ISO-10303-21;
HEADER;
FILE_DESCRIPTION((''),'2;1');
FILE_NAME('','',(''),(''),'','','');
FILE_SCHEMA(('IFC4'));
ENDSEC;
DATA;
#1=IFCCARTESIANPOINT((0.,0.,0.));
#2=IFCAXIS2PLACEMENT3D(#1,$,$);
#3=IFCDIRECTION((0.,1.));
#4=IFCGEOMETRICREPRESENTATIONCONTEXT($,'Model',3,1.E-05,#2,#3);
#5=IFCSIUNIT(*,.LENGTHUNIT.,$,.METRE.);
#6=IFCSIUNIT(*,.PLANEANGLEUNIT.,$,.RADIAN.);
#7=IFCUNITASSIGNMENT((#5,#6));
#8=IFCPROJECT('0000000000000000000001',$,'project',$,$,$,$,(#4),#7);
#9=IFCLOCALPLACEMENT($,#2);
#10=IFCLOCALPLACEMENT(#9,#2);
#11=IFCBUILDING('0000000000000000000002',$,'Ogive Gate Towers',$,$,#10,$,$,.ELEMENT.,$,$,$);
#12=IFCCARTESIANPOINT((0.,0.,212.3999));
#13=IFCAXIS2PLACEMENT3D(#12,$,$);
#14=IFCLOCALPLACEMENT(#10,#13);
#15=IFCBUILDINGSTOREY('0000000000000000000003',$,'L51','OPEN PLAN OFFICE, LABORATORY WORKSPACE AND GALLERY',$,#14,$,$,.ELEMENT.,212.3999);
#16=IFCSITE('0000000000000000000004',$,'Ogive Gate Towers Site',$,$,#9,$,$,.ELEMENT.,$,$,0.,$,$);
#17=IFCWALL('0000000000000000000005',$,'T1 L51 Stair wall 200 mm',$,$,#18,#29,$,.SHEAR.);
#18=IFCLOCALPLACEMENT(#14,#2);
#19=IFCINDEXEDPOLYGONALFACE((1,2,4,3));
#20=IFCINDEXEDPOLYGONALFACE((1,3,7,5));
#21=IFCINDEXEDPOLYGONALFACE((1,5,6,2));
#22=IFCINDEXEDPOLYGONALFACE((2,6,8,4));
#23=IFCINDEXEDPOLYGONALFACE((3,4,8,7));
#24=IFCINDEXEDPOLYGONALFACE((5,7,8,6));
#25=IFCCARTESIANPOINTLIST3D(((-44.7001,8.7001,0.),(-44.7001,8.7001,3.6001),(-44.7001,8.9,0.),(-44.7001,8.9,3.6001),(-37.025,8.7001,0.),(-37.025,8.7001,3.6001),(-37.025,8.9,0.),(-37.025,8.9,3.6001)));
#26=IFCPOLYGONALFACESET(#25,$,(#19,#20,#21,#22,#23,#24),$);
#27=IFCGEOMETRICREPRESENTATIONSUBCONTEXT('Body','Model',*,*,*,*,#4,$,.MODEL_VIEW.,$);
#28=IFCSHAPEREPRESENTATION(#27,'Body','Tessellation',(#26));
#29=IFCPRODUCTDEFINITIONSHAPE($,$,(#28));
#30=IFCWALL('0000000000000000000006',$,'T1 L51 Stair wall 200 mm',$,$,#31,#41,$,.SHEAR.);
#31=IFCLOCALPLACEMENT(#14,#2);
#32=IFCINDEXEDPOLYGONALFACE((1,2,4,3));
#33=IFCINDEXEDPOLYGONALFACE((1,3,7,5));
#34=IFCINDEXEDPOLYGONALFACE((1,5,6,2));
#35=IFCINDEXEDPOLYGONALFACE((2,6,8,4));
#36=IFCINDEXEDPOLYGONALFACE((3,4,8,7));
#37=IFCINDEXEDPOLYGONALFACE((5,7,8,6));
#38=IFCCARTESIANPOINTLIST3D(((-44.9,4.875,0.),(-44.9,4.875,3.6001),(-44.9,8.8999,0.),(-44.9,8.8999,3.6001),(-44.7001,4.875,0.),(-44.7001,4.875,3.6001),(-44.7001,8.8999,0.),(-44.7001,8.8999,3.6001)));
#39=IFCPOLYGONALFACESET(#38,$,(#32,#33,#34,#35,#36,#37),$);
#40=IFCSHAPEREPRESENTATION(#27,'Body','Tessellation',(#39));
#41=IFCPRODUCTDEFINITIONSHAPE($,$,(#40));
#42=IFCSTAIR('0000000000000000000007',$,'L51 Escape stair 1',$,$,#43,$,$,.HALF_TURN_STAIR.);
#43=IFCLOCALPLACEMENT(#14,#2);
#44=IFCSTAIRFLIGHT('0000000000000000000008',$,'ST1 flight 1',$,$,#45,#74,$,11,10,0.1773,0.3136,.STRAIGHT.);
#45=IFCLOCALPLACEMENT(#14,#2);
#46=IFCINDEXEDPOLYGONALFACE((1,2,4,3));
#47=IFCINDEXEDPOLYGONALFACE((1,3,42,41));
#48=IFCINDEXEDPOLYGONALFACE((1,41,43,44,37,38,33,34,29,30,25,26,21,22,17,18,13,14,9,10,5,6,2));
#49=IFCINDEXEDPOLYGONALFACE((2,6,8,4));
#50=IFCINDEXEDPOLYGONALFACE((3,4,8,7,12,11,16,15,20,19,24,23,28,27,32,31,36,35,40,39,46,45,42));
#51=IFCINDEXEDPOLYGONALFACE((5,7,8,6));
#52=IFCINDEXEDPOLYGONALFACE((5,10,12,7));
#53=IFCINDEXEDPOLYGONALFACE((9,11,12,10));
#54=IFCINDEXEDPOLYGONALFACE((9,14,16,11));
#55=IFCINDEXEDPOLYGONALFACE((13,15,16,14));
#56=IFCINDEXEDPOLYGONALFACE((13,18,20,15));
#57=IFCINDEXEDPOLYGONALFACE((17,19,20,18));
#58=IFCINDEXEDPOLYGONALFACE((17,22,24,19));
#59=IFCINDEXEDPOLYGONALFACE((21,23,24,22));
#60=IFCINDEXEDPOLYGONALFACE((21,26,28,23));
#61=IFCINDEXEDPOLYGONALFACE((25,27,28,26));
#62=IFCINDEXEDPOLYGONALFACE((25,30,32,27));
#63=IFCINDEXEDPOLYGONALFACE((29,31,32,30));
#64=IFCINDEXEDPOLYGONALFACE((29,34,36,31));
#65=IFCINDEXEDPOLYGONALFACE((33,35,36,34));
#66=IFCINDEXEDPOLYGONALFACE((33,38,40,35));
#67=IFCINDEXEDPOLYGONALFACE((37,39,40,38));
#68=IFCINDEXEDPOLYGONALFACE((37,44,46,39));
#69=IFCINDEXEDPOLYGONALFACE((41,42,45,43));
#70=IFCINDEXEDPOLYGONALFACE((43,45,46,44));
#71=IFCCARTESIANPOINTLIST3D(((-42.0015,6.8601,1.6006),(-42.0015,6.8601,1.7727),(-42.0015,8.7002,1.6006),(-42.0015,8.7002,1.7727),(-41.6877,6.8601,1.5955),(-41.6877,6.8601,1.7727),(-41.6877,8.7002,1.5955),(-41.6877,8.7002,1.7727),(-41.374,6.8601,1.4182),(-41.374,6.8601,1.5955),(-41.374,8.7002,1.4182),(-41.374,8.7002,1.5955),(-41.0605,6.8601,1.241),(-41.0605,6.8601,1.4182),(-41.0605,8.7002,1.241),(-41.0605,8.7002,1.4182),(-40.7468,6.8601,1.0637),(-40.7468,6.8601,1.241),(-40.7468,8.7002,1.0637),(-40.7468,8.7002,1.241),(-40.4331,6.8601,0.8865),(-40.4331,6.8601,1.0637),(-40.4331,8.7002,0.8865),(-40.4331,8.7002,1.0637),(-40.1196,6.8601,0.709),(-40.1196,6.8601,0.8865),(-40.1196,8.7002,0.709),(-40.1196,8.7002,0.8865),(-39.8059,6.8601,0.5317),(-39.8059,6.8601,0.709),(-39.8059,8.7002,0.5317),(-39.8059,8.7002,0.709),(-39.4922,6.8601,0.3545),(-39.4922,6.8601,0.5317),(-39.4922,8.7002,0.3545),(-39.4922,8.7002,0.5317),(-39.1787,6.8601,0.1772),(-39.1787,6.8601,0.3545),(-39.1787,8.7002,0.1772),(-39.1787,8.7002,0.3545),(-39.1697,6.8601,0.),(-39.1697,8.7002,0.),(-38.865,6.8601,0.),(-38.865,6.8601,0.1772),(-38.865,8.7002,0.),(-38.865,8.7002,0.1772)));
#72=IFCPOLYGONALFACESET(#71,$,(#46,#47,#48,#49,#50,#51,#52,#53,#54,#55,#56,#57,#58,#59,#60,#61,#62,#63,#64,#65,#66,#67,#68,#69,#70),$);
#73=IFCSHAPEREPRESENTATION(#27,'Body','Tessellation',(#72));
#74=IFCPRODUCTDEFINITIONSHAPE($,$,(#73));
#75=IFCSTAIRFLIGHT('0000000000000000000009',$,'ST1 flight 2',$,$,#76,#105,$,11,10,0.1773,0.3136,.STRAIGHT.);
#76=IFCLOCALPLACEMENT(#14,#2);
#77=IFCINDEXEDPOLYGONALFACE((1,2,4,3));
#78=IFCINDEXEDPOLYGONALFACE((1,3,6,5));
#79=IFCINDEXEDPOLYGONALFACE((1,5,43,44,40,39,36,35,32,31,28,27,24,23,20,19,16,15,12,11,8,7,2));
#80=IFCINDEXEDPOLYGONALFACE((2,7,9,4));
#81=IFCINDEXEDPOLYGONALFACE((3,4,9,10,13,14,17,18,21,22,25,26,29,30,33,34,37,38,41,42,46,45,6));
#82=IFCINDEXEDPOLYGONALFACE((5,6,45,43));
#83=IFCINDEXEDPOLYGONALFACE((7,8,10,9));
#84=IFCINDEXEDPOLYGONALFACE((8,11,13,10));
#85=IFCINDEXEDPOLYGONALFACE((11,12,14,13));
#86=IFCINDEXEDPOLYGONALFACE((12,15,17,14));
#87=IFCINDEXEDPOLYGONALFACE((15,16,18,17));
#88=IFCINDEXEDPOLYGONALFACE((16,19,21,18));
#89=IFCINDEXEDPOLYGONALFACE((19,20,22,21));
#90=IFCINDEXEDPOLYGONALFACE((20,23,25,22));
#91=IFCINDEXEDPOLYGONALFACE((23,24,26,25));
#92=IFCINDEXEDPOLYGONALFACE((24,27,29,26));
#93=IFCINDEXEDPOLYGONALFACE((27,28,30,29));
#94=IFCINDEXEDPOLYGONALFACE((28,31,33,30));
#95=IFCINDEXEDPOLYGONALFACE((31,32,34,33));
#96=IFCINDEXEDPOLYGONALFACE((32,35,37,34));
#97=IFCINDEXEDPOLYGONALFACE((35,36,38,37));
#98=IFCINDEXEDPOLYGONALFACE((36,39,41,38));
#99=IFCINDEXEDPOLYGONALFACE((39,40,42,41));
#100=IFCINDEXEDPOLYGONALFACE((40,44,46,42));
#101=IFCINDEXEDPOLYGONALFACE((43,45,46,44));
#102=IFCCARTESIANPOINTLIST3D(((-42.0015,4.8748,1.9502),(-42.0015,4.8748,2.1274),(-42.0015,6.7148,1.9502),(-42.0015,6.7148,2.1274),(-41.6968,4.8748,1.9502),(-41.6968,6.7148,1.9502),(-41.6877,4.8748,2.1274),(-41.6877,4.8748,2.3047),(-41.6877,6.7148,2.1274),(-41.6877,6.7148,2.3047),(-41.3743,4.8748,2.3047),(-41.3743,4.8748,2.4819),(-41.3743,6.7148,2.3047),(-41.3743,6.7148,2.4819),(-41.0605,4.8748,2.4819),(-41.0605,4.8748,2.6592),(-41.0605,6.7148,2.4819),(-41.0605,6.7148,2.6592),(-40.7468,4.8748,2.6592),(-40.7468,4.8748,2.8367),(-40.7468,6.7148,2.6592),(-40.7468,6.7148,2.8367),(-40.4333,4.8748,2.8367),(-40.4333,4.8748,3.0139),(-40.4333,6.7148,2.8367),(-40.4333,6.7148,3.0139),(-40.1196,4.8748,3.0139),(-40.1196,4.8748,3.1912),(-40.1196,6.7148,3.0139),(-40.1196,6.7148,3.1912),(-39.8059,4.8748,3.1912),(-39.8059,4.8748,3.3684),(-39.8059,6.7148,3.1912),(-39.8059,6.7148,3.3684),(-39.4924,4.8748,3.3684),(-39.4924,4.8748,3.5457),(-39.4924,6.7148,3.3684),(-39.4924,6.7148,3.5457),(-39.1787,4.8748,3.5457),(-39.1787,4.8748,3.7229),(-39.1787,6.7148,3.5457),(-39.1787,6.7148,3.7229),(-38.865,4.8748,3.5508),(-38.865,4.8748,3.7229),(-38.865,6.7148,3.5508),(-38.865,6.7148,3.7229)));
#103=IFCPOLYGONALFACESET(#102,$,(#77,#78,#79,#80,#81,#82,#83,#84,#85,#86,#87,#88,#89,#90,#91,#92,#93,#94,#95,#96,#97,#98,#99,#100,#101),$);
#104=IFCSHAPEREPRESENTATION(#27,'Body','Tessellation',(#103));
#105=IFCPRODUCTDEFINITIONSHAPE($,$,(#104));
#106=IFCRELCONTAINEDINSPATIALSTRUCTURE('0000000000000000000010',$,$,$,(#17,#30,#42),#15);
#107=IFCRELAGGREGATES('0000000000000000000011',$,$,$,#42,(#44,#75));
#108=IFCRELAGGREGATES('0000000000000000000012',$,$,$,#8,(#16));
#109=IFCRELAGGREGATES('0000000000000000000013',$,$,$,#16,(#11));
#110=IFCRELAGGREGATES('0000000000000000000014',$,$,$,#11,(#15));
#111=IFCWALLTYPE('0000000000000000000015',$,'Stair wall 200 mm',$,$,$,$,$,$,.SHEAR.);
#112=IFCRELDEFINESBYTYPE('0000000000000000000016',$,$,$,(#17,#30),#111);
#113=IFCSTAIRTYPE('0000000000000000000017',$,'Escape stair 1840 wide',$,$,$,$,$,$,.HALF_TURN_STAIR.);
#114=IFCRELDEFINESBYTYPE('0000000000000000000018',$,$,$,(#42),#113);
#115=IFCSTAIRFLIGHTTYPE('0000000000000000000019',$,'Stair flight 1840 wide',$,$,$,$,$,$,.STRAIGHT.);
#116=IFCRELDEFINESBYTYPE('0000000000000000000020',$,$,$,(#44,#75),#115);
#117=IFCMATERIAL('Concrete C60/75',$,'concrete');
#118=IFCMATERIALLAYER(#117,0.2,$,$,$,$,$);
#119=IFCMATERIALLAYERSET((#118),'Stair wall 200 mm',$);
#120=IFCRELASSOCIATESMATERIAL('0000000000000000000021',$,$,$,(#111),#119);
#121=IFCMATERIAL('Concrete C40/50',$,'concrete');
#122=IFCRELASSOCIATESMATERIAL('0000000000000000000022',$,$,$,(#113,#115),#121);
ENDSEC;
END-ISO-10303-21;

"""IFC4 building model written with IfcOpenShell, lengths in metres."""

from ifc_helpers import new_model, si_unit, direction, frame, frame_2d, origin, place, context, subcontext, project, spatial, polyline, rectangle, outline, extrude, material, layer, layer_set, type_object, element, aggregate, save


model = new_model("IFC4")

# Units and contexts
model_context = context("Model", 3, precision=1e-05, world=origin(), true_north=direction((0.0, 1.0)))
body_context = subcontext(model_context, "Body", "Model", "MODEL_VIEW")
ifc_project = project(units=[si_unit("LENGTHUNIT", "METRE"), si_unit("PLANEANGLEUNIT", "RADIAN")], contexts=[model_context])

# Site, building, storey
site_placement = place(None, origin())
site = spatial("IfcSite", under=ifc_project, at=site_placement, Name="Ogive Gate Towers Site", CompositionType="ELEMENT", RefElevation=0.0)
building_placement = place(site_placement, origin())
building = spatial("IfcBuilding", under=site, at=building_placement, Name="Ogive Gate Towers", CompositionType="ELEMENT")
storey_placement = place(building_placement, frame((0.0, 0.0, 212.3999)))
storey = spatial("IfcBuildingStorey", under=building, at=storey_placement, Name="L51", Description="OPEN PLAN OFFICE, LABORATORY WORKSPACE AND GALLERY", CompositionType="ELEMENT", Elevation=212.3999)

# Shared definitions
ifc_material_1 = material(Name="Concrete C60/75", Category="concrete")

# Walls
ifc_layer_1 = layer(ifc_material_1, 0.2)
ifc_layer_set_1 = layer_set([ifc_layer_1], Name="Stair wall 200 mm")
wall_type_1 = type_object("IfcWallType", Name="Stair wall 200 mm", PredefinedType="SHEAR", material=ifc_layer_set_1)
wall_1_placement = place(storey_placement, frame((-44.7, 8.8, 0.0), z_axis=(0.0, 0.0, 1.0), x_axis=(1.0, 0.0, 0.0)))
element("IfcWall", 1, at=wall_1_placement, inside=storey, type_object=wall_type_1, Name="T1 L51 Stair wall 200 mm", PredefinedType="SHEAR", context=body_context, shape_type="SweptSolid", body=[
    extrude(rectangle(XDim=7.675, YDim=0.2, at=frame_2d((3.8374, 0.0))), origin(), (0.0, 0.0, 1.0), 3.6001),
])
wall_2_placement = place(storey_placement, frame((-44.8, 4.875, 0.0), z_axis=(0.0, 0.0, 1.0), x_axis=(0.0, 1.0, 0.0)))
element("IfcWall", 2, at=wall_2_placement, inside=storey, type_object=wall_type_1, Name="T1 L51 Stair wall 200 mm", PredefinedType="SHEAR", context=body_context, shape_type="SweptSolid", body=[
    extrude(rectangle(XDim=4.0249, YDim=0.2, at=frame_2d((2.0125, 0.0))), origin(), (0.0, 0.0, 1.0), 3.6001),
])

# Stair, stair flights
ifc_material_2 = material(Name="Concrete C40/50", Category="concrete")
stair_type = type_object("IfcStairType", Name="Escape stair 1840 wide", PredefinedType="HALF_TURN_STAIR", material=ifc_material_2)
stair_placement = place(storey_placement, origin())
stair = element("IfcStair", 3, at=stair_placement, inside=storey, type_object=stair_type, Name="L51 Escape stair 1", PredefinedType="HALF_TURN_STAIR")
stair_flight_type = type_object("IfcStairFlightType", Name="Stair flight 1840 wide", PredefinedType="STRAIGHT", material=ifc_material_2)
stair_flight_1_placement = place(storey_placement, frame((-38.865, 7.78, 0.0), z_axis=(0.0, 0.0, 1.0), x_axis=(-1.0, 0.0, 0.0)))
stair_flight_1 = element("IfcStairFlight", 4, at=stair_flight_1_placement, type_object=stair_flight_type, Name="ST1 flight 1", NumberOfRisers=11, NumberOfTreads=10, PredefinedType="STRAIGHT", RiserHeight=0.1773, TreadLength=0.3136, context=body_context, shape_type="SweptSolid", body=[
    extrude(outline(polyline([(0.0, 0.0), (0.0, 0.1772), (0.3137, 0.1772), (0.3137, 0.3545), (0.6272, 0.3545), (0.6272, 0.5317), (0.9409, 0.5317), (0.9409, 0.709), (1.2546, 0.709), (1.2546, 0.8865), (1.5681, 0.8865), (1.5681, 1.0637), (1.8818, 1.0637), (1.8818, 1.241), (2.1956, 1.241), (2.1956, 1.4182), (2.509, 1.4182), (2.509, 1.5955), (2.8228, 1.5955), (2.8228, 1.7727), (3.1365, 1.7727), (3.1365, 1.95), (3.1365, 1.6006), (0.3047, 0.0), (0.0, 0.0)])), frame((0.0, 0.9199, 0.0), z_axis=(0.0, -1.0, 0.0), x_axis=(1.0, 0.0, 0.0)), (0.0, 0.0, 1.0), 1.8401),
])
stair_flight_2_placement = place(storey_placement, frame((-42.0015, 5.7949, 1.9502), z_axis=(0.0, 0.0, 1.0), x_axis=(1.0, 0.0, 0.0)))
stair_flight_2 = element("IfcStairFlight", 5, at=stair_flight_2_placement, type_object=stair_flight_type, Name="ST1 flight 2", NumberOfRisers=11, NumberOfTreads=10, PredefinedType="STRAIGHT", RiserHeight=0.1773, TreadLength=0.3136, context=body_context, shape_type="SweptSolid", body=[
    extrude(outline(polyline([(0.0, 0.0), (0.0, 0.1772), (0.3137, 0.1772), (0.3137, 0.3545), (0.6272, 0.3545), (0.6272, 0.5317), (0.9409, 0.5317), (0.9409, 0.709), (1.2546, 0.709), (1.2546, 0.8865), (1.5681, 0.8865), (1.5681, 1.0637), (1.8818, 1.0637), (1.8818, 1.241), (2.1956, 1.241), (2.1956, 1.4182), (2.509, 1.4182), (2.509, 1.5955), (2.8228, 1.5955), (2.8228, 1.7727), (3.1365, 1.7727), (3.1365, 1.95), (3.1365, 1.6006), (0.3047, 0.0), (0.0, 0.0)])), frame((0.0, 0.9199, 0.0), z_axis=(0.0, -1.0, 0.0), x_axis=(1.0, 0.0, 0.0)), (0.0, 0.0, 1.0), 1.8401),
])
aggregate(stair, [stair_flight_1, stair_flight_2])

save(model, "model.ifc")
